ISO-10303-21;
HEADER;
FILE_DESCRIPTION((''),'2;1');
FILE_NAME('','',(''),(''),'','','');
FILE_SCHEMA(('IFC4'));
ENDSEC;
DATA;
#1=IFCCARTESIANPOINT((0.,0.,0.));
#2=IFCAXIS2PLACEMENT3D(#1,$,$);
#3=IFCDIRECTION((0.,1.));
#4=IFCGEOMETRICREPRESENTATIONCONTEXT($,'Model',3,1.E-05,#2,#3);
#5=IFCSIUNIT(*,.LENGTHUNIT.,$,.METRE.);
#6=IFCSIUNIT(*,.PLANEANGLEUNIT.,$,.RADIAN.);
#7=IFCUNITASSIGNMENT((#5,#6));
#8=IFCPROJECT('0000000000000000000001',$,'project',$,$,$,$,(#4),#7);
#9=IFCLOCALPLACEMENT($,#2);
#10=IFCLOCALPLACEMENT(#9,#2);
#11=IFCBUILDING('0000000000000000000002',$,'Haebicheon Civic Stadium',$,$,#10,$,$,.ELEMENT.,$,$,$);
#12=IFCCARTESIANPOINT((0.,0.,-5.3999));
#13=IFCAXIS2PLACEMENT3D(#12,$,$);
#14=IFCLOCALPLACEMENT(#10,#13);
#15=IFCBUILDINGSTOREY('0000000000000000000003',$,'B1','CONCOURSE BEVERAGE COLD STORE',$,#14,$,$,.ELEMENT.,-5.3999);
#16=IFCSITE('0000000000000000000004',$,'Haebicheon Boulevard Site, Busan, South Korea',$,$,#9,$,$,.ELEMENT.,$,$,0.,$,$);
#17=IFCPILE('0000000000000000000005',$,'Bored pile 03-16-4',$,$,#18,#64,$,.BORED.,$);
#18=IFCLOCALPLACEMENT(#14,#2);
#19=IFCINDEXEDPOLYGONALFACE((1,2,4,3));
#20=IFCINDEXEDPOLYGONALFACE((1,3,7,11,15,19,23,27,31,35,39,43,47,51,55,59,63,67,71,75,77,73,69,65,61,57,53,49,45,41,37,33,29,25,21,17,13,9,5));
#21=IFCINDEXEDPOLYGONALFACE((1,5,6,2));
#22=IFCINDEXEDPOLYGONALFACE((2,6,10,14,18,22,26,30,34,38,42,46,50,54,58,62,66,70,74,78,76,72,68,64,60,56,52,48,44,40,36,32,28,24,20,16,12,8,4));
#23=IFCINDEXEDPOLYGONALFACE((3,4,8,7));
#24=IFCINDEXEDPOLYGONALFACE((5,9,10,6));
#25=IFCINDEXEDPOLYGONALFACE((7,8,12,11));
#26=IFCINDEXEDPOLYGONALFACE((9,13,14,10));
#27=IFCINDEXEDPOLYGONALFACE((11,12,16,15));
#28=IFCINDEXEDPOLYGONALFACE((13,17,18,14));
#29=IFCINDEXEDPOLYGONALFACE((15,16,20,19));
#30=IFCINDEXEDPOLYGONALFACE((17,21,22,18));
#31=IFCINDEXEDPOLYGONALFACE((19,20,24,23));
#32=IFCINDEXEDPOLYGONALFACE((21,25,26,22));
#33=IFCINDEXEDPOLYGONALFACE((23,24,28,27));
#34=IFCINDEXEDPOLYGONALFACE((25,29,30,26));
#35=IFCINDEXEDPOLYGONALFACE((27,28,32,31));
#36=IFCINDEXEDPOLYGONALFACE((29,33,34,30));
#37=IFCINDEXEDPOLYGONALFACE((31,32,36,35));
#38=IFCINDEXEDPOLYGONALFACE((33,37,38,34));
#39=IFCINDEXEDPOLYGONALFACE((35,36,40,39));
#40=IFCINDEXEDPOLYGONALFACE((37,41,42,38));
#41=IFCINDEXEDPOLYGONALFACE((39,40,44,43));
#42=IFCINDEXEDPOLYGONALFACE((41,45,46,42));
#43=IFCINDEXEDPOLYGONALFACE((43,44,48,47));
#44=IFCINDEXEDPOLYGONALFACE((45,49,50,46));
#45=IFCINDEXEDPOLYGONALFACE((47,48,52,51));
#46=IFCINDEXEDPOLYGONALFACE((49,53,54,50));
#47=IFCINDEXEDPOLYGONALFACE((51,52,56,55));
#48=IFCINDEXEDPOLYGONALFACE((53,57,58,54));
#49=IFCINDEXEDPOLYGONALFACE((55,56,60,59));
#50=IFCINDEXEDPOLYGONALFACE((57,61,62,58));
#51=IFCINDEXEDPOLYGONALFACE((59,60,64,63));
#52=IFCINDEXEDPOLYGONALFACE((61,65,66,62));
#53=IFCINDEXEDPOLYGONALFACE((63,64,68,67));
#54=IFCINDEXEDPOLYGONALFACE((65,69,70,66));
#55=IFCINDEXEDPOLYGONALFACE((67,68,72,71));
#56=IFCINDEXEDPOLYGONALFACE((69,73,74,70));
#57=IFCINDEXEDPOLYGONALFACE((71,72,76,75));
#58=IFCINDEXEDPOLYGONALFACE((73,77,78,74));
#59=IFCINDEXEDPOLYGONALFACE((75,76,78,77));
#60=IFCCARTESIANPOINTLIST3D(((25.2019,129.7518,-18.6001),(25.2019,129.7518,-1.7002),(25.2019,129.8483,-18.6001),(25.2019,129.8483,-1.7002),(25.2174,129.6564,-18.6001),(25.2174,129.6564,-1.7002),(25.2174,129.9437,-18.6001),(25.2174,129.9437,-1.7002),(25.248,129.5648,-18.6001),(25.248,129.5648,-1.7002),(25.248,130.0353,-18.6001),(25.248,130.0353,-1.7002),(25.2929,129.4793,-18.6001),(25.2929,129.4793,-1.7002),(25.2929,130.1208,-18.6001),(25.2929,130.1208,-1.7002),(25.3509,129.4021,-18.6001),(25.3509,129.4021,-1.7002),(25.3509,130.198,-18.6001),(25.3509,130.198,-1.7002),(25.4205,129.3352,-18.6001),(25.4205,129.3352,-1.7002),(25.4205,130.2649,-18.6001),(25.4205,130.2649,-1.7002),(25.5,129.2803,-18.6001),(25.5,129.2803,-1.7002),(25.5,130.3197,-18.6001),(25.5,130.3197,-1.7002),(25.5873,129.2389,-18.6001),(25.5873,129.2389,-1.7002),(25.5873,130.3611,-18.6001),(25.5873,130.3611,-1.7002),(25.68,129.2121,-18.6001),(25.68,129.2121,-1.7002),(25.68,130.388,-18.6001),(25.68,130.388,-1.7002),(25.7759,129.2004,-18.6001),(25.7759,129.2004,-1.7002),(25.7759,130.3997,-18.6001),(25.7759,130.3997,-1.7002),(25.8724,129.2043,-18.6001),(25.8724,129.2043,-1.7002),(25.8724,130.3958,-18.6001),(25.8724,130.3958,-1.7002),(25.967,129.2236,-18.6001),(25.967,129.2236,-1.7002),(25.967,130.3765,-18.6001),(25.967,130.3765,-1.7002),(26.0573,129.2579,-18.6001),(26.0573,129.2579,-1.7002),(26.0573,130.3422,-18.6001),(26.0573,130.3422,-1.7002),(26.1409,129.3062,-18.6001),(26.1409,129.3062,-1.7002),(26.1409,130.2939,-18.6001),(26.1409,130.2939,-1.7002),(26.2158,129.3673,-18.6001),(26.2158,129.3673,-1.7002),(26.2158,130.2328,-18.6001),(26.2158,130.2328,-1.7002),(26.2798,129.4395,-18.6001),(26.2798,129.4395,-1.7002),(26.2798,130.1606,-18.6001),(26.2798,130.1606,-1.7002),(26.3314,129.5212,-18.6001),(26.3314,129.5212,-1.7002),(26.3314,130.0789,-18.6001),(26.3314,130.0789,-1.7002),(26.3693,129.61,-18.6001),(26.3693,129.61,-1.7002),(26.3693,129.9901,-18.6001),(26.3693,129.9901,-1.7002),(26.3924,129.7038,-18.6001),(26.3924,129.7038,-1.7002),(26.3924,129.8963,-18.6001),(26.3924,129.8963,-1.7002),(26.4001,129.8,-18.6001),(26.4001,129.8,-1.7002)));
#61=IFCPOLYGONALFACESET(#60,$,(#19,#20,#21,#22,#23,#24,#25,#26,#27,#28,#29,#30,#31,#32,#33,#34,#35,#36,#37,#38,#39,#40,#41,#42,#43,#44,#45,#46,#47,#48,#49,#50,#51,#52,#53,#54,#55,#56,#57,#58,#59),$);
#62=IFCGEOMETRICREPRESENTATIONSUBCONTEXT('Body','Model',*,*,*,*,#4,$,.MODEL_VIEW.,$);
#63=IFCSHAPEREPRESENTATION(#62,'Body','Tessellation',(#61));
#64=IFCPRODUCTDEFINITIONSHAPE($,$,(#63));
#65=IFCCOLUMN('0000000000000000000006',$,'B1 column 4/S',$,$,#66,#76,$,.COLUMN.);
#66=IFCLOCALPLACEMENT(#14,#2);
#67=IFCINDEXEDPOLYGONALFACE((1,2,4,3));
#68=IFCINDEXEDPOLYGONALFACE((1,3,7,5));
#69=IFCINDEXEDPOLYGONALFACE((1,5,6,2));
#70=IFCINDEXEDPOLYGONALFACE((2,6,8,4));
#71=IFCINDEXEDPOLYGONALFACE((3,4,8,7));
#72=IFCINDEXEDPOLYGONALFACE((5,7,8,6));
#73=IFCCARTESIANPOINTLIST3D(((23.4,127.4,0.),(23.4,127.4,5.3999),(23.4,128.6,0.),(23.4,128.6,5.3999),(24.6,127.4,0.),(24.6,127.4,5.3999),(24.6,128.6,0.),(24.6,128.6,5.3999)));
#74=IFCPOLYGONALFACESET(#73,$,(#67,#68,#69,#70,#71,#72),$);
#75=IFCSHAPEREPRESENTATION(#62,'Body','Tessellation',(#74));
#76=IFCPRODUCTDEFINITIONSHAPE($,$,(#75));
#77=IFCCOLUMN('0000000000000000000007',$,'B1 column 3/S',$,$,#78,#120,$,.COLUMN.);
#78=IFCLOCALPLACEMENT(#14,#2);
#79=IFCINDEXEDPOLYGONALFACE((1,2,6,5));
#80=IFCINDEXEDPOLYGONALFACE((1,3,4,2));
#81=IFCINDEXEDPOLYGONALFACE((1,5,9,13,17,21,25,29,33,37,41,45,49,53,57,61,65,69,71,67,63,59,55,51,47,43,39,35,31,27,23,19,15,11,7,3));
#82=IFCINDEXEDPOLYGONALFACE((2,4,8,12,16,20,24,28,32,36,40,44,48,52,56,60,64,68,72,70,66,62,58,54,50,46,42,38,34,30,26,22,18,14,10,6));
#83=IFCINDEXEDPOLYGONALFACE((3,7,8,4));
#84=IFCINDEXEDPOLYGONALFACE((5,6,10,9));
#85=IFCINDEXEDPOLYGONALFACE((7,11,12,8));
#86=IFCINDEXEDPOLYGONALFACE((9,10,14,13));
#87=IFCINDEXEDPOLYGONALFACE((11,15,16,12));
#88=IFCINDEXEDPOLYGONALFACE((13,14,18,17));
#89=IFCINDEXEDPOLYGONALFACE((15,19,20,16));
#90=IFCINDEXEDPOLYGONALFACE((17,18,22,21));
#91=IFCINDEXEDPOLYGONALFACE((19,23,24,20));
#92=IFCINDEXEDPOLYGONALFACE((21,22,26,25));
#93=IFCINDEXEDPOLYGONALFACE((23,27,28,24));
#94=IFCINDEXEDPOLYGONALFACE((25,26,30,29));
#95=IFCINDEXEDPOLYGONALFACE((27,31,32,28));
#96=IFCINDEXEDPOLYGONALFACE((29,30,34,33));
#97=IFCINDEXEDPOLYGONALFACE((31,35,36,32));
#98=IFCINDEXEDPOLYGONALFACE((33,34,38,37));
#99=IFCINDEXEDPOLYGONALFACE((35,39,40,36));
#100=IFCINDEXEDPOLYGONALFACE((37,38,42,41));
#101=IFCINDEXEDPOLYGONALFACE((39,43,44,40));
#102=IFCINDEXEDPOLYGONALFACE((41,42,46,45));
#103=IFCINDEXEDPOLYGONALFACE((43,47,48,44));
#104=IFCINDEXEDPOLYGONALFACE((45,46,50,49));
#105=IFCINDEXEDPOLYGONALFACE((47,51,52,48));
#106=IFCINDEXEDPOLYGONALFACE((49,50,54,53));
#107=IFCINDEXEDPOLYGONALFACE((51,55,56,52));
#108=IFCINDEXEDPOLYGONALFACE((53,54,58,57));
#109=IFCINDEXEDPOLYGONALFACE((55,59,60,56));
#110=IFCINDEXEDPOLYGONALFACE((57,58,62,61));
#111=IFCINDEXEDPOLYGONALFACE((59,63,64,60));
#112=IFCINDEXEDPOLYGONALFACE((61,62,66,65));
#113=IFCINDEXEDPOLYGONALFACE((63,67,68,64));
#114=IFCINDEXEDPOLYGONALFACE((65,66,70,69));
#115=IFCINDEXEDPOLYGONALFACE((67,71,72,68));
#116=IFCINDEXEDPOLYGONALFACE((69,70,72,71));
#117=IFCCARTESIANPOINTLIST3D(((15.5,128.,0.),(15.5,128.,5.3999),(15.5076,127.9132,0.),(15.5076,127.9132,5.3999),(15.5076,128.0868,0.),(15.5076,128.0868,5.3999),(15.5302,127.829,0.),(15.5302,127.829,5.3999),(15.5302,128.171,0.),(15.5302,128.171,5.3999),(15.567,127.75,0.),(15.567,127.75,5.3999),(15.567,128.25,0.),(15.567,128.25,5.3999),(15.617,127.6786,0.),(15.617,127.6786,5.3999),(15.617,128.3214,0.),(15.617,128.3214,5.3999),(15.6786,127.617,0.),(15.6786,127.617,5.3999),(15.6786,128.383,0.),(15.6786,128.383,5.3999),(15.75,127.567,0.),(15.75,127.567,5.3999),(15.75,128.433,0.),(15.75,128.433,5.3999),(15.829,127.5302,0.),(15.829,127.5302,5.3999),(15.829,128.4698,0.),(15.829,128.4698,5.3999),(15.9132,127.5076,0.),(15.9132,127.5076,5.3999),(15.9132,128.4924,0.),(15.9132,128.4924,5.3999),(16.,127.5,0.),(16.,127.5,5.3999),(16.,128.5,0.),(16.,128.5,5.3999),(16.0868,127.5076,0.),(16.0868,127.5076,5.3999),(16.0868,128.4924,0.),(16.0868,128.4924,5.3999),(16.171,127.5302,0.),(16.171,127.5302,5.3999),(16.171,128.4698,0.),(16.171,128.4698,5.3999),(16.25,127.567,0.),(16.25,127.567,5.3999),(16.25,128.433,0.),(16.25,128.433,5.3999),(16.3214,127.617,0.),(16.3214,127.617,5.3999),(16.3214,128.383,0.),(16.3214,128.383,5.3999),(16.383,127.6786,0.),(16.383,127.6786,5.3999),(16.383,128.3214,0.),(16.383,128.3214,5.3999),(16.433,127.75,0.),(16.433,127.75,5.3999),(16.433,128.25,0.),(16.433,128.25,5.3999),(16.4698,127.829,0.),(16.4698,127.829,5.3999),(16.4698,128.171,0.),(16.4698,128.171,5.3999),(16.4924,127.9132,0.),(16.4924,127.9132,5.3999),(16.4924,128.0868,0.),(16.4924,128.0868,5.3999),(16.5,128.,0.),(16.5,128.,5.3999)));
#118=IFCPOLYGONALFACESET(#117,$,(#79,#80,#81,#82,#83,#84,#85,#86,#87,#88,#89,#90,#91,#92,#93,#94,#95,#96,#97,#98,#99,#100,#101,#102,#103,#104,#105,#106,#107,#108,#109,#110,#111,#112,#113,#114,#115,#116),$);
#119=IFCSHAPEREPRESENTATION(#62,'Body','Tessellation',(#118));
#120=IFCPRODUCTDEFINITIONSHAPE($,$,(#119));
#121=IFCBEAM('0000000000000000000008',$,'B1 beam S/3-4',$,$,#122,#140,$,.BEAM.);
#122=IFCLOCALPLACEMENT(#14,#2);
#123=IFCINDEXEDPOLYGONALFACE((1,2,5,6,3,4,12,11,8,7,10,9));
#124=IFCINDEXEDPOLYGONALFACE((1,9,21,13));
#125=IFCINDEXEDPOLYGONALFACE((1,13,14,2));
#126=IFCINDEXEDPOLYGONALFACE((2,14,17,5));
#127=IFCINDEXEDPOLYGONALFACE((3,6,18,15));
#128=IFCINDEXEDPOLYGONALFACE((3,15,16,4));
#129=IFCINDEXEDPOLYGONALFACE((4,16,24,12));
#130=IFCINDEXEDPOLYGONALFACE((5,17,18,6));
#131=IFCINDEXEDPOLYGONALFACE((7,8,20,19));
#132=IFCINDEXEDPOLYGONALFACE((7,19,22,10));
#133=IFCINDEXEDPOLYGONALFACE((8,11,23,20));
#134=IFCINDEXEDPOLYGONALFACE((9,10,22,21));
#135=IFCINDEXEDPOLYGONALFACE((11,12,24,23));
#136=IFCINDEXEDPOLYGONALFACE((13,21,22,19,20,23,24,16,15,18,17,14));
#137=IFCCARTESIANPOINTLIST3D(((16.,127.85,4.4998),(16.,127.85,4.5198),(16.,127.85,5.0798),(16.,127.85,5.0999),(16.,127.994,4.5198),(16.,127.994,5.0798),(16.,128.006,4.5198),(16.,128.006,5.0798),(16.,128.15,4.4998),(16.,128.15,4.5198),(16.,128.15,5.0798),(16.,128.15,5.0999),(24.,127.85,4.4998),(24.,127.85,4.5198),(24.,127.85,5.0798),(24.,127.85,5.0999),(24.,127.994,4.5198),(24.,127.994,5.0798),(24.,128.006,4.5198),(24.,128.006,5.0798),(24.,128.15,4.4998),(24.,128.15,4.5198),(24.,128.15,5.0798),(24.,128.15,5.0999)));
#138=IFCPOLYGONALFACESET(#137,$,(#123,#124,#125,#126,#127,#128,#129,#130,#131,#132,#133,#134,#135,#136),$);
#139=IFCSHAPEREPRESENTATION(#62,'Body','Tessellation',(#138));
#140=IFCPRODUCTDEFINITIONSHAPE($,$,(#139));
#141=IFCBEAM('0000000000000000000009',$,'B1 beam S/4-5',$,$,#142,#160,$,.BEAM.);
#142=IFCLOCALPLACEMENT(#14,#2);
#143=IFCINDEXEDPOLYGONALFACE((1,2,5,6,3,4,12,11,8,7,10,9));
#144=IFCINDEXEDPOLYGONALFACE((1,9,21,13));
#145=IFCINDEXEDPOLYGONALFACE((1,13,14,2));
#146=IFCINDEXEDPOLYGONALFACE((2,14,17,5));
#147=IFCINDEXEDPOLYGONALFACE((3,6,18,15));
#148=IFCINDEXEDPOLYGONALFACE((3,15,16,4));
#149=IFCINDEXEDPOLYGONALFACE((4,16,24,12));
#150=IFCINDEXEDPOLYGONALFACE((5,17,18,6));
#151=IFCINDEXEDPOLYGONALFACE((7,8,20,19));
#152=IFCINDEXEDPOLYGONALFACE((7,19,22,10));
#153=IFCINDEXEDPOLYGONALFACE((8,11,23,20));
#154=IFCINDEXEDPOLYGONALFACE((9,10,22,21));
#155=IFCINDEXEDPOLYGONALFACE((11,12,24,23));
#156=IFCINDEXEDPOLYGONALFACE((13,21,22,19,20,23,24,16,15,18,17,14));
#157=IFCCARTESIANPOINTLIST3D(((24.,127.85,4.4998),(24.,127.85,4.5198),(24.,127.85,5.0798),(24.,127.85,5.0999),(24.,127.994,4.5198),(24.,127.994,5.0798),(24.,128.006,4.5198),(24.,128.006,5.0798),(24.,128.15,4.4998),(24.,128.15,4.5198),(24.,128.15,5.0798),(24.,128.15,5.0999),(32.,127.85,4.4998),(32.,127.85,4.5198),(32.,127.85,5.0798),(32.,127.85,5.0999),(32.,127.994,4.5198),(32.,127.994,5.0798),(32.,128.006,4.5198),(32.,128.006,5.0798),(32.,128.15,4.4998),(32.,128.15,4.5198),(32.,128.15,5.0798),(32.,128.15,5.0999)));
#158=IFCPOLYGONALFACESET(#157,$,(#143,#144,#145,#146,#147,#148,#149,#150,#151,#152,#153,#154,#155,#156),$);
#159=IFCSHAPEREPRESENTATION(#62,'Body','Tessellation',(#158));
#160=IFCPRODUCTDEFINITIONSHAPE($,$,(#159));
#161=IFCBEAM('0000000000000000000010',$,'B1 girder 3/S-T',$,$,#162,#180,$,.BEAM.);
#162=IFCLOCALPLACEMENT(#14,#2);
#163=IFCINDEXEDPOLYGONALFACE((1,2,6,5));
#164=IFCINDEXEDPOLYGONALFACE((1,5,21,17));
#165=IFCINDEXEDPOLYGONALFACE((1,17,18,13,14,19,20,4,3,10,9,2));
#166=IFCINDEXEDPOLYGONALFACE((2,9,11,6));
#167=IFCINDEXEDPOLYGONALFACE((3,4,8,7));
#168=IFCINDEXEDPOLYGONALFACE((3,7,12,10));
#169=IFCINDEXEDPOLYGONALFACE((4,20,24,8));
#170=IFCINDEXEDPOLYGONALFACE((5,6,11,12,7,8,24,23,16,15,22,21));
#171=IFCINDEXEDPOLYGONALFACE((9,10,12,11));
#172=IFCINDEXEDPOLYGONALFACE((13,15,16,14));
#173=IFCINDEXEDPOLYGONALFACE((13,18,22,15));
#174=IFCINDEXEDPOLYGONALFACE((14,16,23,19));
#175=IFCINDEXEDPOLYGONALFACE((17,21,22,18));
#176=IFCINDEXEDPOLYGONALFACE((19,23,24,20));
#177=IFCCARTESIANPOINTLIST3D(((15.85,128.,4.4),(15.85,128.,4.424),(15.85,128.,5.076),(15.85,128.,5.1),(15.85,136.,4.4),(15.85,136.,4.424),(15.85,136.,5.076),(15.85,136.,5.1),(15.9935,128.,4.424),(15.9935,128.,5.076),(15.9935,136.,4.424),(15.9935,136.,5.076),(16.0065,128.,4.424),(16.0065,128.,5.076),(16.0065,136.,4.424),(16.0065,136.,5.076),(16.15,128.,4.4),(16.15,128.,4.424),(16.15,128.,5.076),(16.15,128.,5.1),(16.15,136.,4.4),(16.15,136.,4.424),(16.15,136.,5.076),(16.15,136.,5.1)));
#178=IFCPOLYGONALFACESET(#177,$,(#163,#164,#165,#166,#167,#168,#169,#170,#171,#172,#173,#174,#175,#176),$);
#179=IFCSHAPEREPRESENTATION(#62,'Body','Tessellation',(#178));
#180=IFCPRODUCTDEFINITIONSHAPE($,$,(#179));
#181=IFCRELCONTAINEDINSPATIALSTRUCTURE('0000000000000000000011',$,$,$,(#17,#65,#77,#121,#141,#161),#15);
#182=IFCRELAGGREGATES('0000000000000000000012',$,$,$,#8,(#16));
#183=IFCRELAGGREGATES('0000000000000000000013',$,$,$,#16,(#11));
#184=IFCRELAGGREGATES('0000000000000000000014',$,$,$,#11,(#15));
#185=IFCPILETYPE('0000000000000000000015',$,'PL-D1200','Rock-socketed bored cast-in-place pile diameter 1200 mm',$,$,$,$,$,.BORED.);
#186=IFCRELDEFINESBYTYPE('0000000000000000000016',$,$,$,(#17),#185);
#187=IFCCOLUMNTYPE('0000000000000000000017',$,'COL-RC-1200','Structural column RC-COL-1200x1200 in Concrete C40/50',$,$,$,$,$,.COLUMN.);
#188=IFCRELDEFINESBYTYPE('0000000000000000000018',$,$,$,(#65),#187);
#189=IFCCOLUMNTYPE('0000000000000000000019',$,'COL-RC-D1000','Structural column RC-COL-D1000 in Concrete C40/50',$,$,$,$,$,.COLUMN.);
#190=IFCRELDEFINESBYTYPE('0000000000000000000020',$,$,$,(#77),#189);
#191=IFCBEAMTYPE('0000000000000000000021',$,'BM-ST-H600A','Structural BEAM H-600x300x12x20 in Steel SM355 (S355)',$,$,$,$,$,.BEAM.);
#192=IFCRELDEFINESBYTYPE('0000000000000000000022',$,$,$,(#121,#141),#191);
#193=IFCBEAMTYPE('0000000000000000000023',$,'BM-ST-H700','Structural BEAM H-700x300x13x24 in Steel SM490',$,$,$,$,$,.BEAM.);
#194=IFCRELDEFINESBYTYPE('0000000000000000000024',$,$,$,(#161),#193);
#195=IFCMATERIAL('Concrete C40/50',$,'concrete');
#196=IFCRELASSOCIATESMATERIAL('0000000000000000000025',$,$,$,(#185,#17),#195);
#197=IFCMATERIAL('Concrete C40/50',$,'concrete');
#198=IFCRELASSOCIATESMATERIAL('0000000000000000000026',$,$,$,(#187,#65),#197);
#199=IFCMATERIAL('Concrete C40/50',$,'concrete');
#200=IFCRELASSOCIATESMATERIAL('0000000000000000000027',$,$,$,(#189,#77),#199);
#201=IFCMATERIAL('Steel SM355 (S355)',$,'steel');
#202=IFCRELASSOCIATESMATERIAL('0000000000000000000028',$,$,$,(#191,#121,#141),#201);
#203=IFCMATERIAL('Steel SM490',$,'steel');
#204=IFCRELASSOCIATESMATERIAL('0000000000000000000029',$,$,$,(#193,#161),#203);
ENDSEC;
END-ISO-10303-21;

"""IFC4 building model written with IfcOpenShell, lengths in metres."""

from ifc_helpers import new_model, si_unit, direction, frame, origin, origin_2d, place, context, subcontext, project, spatial, rectangle, circle, i_section, extrude, material, material_profile, profile_set, type_object, element, save


model = new_model("IFC4")

# Units and contexts
model_context = context("Model", 3, precision=1e-05, world=origin(), true_north=direction((0.0, 1.0)))
body_context = subcontext(model_context, "Body", "Model", "MODEL_VIEW")
ifc_project = project(units=[si_unit("LENGTHUNIT", "METRE"), si_unit("PLANEANGLEUNIT", "RADIAN")], contexts=[model_context])

# Site, building, storey
site_placement = place(None, origin())
site = spatial("IfcSite", under=ifc_project, at=site_placement, Name="Haebicheon Boulevard Site, Busan, South Korea", CompositionType="ELEMENT", RefElevation=0.0)
building_placement = place(site_placement, origin())
building = spatial("IfcBuilding", under=site, at=building_placement, Name="Haebicheon Civic Stadium", CompositionType="ELEMENT")
storey_placement = place(building_placement, frame((0.0, 0.0, -5.3999)))
storey = spatial("IfcBuildingStorey", under=building, at=storey_placement, Name="B1", Description="CONCOURSE BEVERAGE COLD STORE", CompositionType="ELEMENT", Elevation=-5.3999)

# Pile
ifc_material_1 = material(Name="Concrete C40/50", Category="concrete")
ifc_material_profile_1 = material_profile(ifc_material_1, circle(Radius=0.6001, at=origin_2d()), Name="PILE-D1200")
ifc_profile_set_1 = profile_set([ifc_material_profile_1], Name="Concrete C40/50")
pile_type_1 = type_object("IfcPileType", Name="PL-D1200", Description="Rock-socketed bored cast-in-place pile diameter 1200 mm", PredefinedType="BORED", material=ifc_profile_set_1)
for number, where, z_axis, x_axis, name in (
    (1, (25.8, 129.8, -1.7002), (0.0, 0.0, -1.0), (1.0, 0.0, 0.0), "Bored pile 03-16-4"),
):
    element("IfcPile", number, at=place(storey_placement, frame(where, z_axis=z_axis, x_axis=x_axis)), inside=storey, type_object=pile_type_1, material=ifc_profile_set_1, Name=name, PredefinedType="BORED", context=body_context, shape_type="SweptSolid", body=[
        extrude(circle(Radius=0.6001, at=origin_2d()), origin(), (0.0, 0.0, 1.0), 16.8999),
    ])

# Columns
ifc_material_2 = material(Name="Concrete C40/50", Category="concrete")
ifc_material_profile_2 = material_profile(ifc_material_2, rectangle(XDim=1.2, YDim=1.2, at=origin_2d()), Name="RC-COL-1200x1200")
ifc_profile_set_2 = profile_set([ifc_material_profile_2], Name="Concrete C40/50")
column_type_1 = type_object("IfcColumnType", Name="COL-RC-1200", Description="Structural column RC-COL-1200x1200 in Concrete C40/50", PredefinedType="COLUMN", material=ifc_profile_set_2)
column_1_placement = place(storey_placement, frame((24.0, 128.0, 0.0), z_axis=(0.0, 0.0, 1.0), x_axis=(1.0, 0.0, 0.0)))
element("IfcColumn", 2, at=column_1_placement, inside=storey, type_object=column_type_1, material=ifc_profile_set_2, Name="B1 column 4/S", PredefinedType="COLUMN", context=body_context, shape_type="SweptSolid", body=[
    extrude(rectangle(XDim=1.2, YDim=1.2, at=origin_2d()), origin(), (0.0, 0.0, 1.0), 5.3999),
])
ifc_material_3 = material(Name="Concrete C40/50", Category="concrete")
ifc_material_profile_3 = material_profile(ifc_material_3, circle(Radius=0.5, at=origin_2d()), Name="RC-COL-D1000")
ifc_profile_set_3 = profile_set([ifc_material_profile_3], Name="Concrete C40/50")
column_type_2 = type_object("IfcColumnType", Name="COL-RC-D1000", Description="Structural column RC-COL-D1000 in Concrete C40/50", PredefinedType="COLUMN", material=ifc_profile_set_3)
column_2_placement = place(storey_placement, frame((16.0, 128.0, 0.0), z_axis=(0.0, 0.0, 1.0), x_axis=(1.0, 0.0, 0.0)))
element("IfcColumn", 3, at=column_2_placement, inside=storey, type_object=column_type_2, material=ifc_profile_set_3, Name="B1 column 3/S", PredefinedType="COLUMN", context=body_context, shape_type="SweptSolid", body=[
    extrude(circle(Radius=0.5, at=origin_2d()), origin(), (0.0, 0.0, 1.0), 5.3999),
])

# Beams
ifc_material_4 = material(Name="Steel SM355 (S355)", Category="steel")
ifc_material_profile_4 = material_profile(ifc_material_4, i_section(OverallWidth=0.3, OverallDepth=0.6001, WebThickness=0.012, FlangeThickness=0.02, at=origin_2d()), Name="H-600x300x12x20")
ifc_profile_set_4 = profile_set([ifc_material_profile_4], Name="Steel SM355 (S355)")
beam_type_1 = type_object("IfcBeamType", Name="BM-ST-H600A", Description="Structural BEAM H-600x300x12x20 in Steel SM355 (S355)", PredefinedType="BEAM", material=ifc_profile_set_4)
for number, where, z_axis, x_axis, name in (
    (4, (16.0, 128.0, 4.7998), (1.0, 0.0, 0.0), (0.0, 1.0, 0.0), "B1 beam S/3-4"),
    (5, (24.0, 128.0, 4.7998), (1.0, 0.0, 0.0), (0.0, 1.0, 0.0), "B1 beam S/4-5"),
):
    element("IfcBeam", number, at=place(storey_placement, frame(where, z_axis=z_axis, x_axis=x_axis)), inside=storey, type_object=beam_type_1, material=ifc_profile_set_4, Name=name, PredefinedType="BEAM", context=body_context, shape_type="SweptSolid", body=[
        extrude(i_section(OverallWidth=0.3, OverallDepth=0.6001, WebThickness=0.012, FlangeThickness=0.02, at=origin_2d()), origin(), (0.0, 0.0, 1.0), 8.0),
    ])
ifc_material_5 = material(Name="Steel SM490", Category="steel")
ifc_material_profile_5 = material_profile(ifc_material_5, i_section(OverallWidth=0.3, OverallDepth=0.7, WebThickness=0.0129, FlangeThickness=0.0239, at=origin_2d()), Name="H-700x300x13x24")
ifc_profile_set_5 = profile_set([ifc_material_profile_5], Name="Steel SM490")
beam_type_2 = type_object("IfcBeamType", Name="BM-ST-H700", Description="Structural BEAM H-700x300x13x24 in Steel SM490", PredefinedType="BEAM", material=ifc_profile_set_5)
for number, where, z_axis, x_axis, name in (
    (6, (16.0, 128.0, 4.75), (0.0, 1.0, 0.0), (-1.0, 0.0, 0.0), "B1 girder 3/S-T"),
):
    element("IfcBeam", number, at=place(storey_placement, frame(where, z_axis=z_axis, x_axis=x_axis)), inside=storey, type_object=beam_type_2, material=ifc_profile_set_5, Name=name, PredefinedType="BEAM", context=body_context, shape_type="SweptSolid", body=[
        extrude(i_section(OverallWidth=0.3, OverallDepth=0.7, WebThickness=0.0129, FlangeThickness=0.0239, at=origin_2d()), origin(), (0.0, 0.0, 1.0), 8.0),
    ])

save(model, "model.ifc")
